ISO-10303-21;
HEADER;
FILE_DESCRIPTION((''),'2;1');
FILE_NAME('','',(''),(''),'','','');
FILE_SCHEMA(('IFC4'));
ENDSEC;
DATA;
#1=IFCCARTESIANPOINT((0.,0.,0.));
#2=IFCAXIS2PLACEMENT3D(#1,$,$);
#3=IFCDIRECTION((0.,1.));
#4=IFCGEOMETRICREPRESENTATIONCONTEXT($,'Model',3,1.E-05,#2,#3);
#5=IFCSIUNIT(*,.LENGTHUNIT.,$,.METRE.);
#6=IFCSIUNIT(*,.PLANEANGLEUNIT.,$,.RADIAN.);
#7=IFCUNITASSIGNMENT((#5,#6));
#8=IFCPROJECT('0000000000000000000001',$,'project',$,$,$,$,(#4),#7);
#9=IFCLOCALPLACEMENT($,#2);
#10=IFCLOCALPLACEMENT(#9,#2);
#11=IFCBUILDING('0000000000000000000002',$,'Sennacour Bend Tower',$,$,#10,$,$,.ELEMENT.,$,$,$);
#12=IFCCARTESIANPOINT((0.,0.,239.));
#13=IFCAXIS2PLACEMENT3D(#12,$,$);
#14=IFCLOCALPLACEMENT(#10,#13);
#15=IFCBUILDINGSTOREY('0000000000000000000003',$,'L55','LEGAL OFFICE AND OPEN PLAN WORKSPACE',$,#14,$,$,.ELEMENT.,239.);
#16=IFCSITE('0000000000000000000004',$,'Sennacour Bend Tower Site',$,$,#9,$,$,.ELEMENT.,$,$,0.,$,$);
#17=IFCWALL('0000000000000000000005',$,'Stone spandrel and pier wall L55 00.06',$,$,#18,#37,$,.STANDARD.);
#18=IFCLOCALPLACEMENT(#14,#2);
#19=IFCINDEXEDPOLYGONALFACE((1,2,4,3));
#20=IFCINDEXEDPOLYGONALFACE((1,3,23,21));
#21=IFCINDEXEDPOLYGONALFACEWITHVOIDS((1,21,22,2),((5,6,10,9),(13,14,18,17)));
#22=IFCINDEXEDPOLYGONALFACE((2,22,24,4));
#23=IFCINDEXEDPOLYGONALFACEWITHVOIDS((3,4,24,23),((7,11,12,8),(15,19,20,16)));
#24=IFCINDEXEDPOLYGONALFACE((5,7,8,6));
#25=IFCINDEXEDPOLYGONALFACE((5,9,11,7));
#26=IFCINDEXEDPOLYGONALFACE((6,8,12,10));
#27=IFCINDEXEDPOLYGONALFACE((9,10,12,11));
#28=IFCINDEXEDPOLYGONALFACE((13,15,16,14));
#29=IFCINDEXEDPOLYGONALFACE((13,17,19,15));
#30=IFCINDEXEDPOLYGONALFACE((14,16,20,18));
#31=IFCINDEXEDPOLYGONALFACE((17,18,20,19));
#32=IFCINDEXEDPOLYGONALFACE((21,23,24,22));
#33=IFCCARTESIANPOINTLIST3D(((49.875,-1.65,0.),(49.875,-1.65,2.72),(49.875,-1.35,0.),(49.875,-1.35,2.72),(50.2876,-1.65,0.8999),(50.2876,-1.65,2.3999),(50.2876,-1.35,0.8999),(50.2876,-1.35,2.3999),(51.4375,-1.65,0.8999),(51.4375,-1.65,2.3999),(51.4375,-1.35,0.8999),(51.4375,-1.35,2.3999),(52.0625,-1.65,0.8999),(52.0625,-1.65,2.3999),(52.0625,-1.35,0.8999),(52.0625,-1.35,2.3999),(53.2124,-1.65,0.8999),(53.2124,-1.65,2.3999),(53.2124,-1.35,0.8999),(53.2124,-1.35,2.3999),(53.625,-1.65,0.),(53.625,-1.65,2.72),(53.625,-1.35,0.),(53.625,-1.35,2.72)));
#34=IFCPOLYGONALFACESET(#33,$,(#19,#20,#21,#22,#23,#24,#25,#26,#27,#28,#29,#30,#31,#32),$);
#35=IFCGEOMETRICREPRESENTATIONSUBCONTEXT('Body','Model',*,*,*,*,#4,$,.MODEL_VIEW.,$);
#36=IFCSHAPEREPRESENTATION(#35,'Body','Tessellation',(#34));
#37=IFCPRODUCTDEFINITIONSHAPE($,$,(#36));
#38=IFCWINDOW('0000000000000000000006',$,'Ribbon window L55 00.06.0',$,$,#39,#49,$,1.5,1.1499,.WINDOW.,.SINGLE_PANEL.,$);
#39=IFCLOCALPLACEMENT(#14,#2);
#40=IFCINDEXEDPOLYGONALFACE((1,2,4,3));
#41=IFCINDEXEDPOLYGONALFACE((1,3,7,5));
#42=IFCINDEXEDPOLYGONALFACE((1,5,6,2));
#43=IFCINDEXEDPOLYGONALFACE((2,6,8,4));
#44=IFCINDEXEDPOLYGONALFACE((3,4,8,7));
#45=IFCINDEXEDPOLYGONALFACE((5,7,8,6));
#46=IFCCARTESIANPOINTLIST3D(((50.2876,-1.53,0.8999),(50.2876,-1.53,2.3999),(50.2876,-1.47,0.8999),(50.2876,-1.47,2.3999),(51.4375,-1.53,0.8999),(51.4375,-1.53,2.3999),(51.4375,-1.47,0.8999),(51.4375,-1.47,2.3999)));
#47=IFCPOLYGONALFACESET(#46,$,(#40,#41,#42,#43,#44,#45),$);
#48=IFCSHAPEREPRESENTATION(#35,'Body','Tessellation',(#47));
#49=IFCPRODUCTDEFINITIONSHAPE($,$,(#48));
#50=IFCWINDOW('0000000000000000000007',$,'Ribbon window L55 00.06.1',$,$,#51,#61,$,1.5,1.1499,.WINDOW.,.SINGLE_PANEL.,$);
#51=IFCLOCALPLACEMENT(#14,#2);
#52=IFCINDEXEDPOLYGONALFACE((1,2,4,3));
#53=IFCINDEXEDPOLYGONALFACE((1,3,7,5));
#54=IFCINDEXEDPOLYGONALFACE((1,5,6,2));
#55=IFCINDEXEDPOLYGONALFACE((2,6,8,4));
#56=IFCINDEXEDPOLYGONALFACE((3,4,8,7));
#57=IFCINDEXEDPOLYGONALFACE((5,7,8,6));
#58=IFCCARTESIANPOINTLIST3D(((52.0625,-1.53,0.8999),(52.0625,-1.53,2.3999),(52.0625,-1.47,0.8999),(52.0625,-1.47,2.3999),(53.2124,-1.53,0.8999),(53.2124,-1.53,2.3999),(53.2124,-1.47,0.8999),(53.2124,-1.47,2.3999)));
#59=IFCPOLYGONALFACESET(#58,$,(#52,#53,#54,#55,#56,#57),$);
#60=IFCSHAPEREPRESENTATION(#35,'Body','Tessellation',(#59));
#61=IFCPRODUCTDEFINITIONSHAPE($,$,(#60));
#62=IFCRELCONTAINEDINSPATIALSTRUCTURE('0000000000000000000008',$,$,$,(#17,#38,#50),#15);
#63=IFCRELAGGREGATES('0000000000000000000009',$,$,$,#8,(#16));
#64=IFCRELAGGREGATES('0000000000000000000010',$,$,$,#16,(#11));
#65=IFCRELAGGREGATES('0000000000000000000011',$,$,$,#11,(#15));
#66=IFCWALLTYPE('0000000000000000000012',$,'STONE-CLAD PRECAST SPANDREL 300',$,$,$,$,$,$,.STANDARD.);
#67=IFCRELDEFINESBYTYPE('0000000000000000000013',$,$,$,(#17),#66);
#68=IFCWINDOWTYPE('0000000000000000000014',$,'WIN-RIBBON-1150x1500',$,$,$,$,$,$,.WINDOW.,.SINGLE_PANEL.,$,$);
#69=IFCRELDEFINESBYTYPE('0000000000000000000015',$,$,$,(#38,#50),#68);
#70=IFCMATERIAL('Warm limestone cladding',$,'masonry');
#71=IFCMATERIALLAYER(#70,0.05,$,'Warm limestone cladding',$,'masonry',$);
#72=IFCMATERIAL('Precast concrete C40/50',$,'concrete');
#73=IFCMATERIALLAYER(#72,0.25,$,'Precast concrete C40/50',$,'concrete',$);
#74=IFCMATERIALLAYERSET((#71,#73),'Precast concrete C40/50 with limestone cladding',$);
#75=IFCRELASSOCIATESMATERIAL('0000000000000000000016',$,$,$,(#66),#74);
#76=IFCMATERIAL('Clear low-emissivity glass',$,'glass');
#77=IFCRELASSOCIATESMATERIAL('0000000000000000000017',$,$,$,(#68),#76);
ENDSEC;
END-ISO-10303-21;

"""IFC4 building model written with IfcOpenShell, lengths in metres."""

from ifc_helpers import new_model, si_unit, direction, frame, frame_2d, origin, place, context, subcontext, project, spatial, rectangle, extrude, material, layer, layer_set, type_object, element, fill, save


model = new_model("IFC4")

# Units and contexts
model_context = context("Model", 3, precision=1e-05, world=origin(), true_north=direction((0.0, 1.0)))
body_context = subcontext(model_context, "Body", "Model", "MODEL_VIEW")
ifc_project = project(units=[si_unit("LENGTHUNIT", "METRE"), si_unit("PLANEANGLEUNIT", "RADIAN")], contexts=[model_context])

# Site, building, storey
site_placement = place(None, origin())
site = spatial("IfcSite", under=ifc_project, at=site_placement, Name="Sennacour Bend Tower Site", CompositionType="ELEMENT", RefElevation=0.0)
building_placement = place(site_placement, origin())
building = spatial("IfcBuilding", under=site, at=building_placement, Name="Sennacour Bend Tower", CompositionType="ELEMENT")
storey_placement = place(building_placement, frame((0.0, 0.0, 239.0)))
storey = spatial("IfcBuildingStorey", under=building, at=storey_placement, Name="L55", Description="LEGAL OFFICE AND OPEN PLAN WORKSPACE", CompositionType="ELEMENT", Elevation=239.0)

# Wall, openings, windows
ifc_material_1 = material(Name="Warm limestone cladding", Category="masonry")
ifc_layer_1 = layer(ifc_material_1, 0.05, Name="Warm limestone cladding", Category="masonry")
ifc_material_2 = material(Name="Precast concrete C40/50", Category="concrete")
ifc_layer_2 = layer(ifc_material_2, 0.25, Name="Precast concrete C40/50", Category="concrete")
ifc_layer_set_1 = layer_set([ifc_layer_1, ifc_layer_2], Name="Precast concrete C40/50 with limestone cladding")
wall_type_1 = type_object("IfcWallType", Name="STONE-CLAD PRECAST SPANDREL 300", PredefinedType="STANDARD", material=ifc_layer_set_1)
ifc_material_3 = material(Name="Clear low-emissivity glass", Category="glass")
window_type = type_object("IfcWindowType", Name="WIN-RIBBON-1150x1500", PartitioningType="SINGLE_PANEL", PredefinedType="WINDOW", material=ifc_material_3)
wall_1_placement = place(storey_placement, frame((49.875, -1.5, 0.0), z_axis=(0.0, 0.0, 1.0), x_axis=(1.0, 0.0, 0.0)))
wall_1 = element("IfcWall", 1, at=wall_1_placement, inside=storey, type_object=wall_type_1, Name="Stone spandrel and pier wall L55 00.06", PredefinedType="STANDARD", context=body_context, shape_type="SweptSolid", body=[
    extrude(rectangle(XDim=3.75, YDim=0.3, at=frame_2d((1.875, 0.0))), origin(), (0.0, 0.0, 1.0), 2.72),
])
opening_1_placement = place(wall_1_placement, frame((0.4126, 0.0, 0.8999)))
opening_1 = element("IfcOpeningElement", 2, at=opening_1_placement, cuts=wall_1, PredefinedType="OPENING", context=body_context, shape_type="SweptSolid", body=[
    extrude(rectangle(XDim=1.1499, YDim=1.5, at=frame_2d((0.575, 0.75))), frame((0.0, 0.1602, 0.0), z_axis=(0.0, -1.0, 0.0), x_axis=(1.0, 0.0, 0.0)), (0.0, 0.0, 1.0), 0.3201),
])
opening_2_placement = place(wall_1_placement, frame((2.1875, 0.0, 0.8999)))
opening_2 = element("IfcOpeningElement", 3, at=opening_2_placement, cuts=wall_1, PredefinedType="OPENING", context=body_context, shape_type="SweptSolid", body=[
    extrude(rectangle(XDim=1.1499, YDim=1.5, at=frame_2d((0.575, 0.75))), frame((0.0, 0.1602, 0.0), z_axis=(0.0, -1.0, 0.0), x_axis=(1.0, 0.0, 0.0)), (0.0, 0.0, 1.0), 0.3201),
])
window_1_placement = place(opening_1_placement, origin())
window_1 = element("IfcWindow", 4, at=window_1_placement, inside=storey, type_object=window_type, Name="Ribbon window L55 00.06.0", OverallHeight=1.5, OverallWidth=1.1499, PartitioningType="SINGLE_PANEL", PredefinedType="WINDOW", context=body_context, shape_type="SweptSolid", body=[
    extrude(rectangle(XDim=1.1499, YDim=1.5, at=frame_2d((0.575, 0.75))), frame((0.0, 0.03, 0.0), z_axis=(0.0, -1.0, 0.0), x_axis=(1.0, 0.0, 0.0)), (0.0, 0.0, 1.0), 0.0601),
])
fill(opening_1, window_1)
window_2_placement = place(opening_2_placement, origin())
window_2 = element("IfcWindow", 5, at=window_2_placement, inside=storey, type_object=window_type, Name="Ribbon window L55 00.06.1", OverallHeight=1.5, OverallWidth=1.1499, PartitioningType="SINGLE_PANEL", PredefinedType="WINDOW", context=body_context, shape_type="SweptSolid", body=[
    extrude(rectangle(XDim=1.1499, YDim=1.5, at=frame_2d((0.575, 0.75))), frame((0.0, 0.03, 0.0), z_axis=(0.0, -1.0, 0.0), x_axis=(1.0, 0.0, 0.0)), (0.0, 0.0, 1.0), 0.0601),
])
fill(opening_2, window_2)

save(model, "model.ifc")
